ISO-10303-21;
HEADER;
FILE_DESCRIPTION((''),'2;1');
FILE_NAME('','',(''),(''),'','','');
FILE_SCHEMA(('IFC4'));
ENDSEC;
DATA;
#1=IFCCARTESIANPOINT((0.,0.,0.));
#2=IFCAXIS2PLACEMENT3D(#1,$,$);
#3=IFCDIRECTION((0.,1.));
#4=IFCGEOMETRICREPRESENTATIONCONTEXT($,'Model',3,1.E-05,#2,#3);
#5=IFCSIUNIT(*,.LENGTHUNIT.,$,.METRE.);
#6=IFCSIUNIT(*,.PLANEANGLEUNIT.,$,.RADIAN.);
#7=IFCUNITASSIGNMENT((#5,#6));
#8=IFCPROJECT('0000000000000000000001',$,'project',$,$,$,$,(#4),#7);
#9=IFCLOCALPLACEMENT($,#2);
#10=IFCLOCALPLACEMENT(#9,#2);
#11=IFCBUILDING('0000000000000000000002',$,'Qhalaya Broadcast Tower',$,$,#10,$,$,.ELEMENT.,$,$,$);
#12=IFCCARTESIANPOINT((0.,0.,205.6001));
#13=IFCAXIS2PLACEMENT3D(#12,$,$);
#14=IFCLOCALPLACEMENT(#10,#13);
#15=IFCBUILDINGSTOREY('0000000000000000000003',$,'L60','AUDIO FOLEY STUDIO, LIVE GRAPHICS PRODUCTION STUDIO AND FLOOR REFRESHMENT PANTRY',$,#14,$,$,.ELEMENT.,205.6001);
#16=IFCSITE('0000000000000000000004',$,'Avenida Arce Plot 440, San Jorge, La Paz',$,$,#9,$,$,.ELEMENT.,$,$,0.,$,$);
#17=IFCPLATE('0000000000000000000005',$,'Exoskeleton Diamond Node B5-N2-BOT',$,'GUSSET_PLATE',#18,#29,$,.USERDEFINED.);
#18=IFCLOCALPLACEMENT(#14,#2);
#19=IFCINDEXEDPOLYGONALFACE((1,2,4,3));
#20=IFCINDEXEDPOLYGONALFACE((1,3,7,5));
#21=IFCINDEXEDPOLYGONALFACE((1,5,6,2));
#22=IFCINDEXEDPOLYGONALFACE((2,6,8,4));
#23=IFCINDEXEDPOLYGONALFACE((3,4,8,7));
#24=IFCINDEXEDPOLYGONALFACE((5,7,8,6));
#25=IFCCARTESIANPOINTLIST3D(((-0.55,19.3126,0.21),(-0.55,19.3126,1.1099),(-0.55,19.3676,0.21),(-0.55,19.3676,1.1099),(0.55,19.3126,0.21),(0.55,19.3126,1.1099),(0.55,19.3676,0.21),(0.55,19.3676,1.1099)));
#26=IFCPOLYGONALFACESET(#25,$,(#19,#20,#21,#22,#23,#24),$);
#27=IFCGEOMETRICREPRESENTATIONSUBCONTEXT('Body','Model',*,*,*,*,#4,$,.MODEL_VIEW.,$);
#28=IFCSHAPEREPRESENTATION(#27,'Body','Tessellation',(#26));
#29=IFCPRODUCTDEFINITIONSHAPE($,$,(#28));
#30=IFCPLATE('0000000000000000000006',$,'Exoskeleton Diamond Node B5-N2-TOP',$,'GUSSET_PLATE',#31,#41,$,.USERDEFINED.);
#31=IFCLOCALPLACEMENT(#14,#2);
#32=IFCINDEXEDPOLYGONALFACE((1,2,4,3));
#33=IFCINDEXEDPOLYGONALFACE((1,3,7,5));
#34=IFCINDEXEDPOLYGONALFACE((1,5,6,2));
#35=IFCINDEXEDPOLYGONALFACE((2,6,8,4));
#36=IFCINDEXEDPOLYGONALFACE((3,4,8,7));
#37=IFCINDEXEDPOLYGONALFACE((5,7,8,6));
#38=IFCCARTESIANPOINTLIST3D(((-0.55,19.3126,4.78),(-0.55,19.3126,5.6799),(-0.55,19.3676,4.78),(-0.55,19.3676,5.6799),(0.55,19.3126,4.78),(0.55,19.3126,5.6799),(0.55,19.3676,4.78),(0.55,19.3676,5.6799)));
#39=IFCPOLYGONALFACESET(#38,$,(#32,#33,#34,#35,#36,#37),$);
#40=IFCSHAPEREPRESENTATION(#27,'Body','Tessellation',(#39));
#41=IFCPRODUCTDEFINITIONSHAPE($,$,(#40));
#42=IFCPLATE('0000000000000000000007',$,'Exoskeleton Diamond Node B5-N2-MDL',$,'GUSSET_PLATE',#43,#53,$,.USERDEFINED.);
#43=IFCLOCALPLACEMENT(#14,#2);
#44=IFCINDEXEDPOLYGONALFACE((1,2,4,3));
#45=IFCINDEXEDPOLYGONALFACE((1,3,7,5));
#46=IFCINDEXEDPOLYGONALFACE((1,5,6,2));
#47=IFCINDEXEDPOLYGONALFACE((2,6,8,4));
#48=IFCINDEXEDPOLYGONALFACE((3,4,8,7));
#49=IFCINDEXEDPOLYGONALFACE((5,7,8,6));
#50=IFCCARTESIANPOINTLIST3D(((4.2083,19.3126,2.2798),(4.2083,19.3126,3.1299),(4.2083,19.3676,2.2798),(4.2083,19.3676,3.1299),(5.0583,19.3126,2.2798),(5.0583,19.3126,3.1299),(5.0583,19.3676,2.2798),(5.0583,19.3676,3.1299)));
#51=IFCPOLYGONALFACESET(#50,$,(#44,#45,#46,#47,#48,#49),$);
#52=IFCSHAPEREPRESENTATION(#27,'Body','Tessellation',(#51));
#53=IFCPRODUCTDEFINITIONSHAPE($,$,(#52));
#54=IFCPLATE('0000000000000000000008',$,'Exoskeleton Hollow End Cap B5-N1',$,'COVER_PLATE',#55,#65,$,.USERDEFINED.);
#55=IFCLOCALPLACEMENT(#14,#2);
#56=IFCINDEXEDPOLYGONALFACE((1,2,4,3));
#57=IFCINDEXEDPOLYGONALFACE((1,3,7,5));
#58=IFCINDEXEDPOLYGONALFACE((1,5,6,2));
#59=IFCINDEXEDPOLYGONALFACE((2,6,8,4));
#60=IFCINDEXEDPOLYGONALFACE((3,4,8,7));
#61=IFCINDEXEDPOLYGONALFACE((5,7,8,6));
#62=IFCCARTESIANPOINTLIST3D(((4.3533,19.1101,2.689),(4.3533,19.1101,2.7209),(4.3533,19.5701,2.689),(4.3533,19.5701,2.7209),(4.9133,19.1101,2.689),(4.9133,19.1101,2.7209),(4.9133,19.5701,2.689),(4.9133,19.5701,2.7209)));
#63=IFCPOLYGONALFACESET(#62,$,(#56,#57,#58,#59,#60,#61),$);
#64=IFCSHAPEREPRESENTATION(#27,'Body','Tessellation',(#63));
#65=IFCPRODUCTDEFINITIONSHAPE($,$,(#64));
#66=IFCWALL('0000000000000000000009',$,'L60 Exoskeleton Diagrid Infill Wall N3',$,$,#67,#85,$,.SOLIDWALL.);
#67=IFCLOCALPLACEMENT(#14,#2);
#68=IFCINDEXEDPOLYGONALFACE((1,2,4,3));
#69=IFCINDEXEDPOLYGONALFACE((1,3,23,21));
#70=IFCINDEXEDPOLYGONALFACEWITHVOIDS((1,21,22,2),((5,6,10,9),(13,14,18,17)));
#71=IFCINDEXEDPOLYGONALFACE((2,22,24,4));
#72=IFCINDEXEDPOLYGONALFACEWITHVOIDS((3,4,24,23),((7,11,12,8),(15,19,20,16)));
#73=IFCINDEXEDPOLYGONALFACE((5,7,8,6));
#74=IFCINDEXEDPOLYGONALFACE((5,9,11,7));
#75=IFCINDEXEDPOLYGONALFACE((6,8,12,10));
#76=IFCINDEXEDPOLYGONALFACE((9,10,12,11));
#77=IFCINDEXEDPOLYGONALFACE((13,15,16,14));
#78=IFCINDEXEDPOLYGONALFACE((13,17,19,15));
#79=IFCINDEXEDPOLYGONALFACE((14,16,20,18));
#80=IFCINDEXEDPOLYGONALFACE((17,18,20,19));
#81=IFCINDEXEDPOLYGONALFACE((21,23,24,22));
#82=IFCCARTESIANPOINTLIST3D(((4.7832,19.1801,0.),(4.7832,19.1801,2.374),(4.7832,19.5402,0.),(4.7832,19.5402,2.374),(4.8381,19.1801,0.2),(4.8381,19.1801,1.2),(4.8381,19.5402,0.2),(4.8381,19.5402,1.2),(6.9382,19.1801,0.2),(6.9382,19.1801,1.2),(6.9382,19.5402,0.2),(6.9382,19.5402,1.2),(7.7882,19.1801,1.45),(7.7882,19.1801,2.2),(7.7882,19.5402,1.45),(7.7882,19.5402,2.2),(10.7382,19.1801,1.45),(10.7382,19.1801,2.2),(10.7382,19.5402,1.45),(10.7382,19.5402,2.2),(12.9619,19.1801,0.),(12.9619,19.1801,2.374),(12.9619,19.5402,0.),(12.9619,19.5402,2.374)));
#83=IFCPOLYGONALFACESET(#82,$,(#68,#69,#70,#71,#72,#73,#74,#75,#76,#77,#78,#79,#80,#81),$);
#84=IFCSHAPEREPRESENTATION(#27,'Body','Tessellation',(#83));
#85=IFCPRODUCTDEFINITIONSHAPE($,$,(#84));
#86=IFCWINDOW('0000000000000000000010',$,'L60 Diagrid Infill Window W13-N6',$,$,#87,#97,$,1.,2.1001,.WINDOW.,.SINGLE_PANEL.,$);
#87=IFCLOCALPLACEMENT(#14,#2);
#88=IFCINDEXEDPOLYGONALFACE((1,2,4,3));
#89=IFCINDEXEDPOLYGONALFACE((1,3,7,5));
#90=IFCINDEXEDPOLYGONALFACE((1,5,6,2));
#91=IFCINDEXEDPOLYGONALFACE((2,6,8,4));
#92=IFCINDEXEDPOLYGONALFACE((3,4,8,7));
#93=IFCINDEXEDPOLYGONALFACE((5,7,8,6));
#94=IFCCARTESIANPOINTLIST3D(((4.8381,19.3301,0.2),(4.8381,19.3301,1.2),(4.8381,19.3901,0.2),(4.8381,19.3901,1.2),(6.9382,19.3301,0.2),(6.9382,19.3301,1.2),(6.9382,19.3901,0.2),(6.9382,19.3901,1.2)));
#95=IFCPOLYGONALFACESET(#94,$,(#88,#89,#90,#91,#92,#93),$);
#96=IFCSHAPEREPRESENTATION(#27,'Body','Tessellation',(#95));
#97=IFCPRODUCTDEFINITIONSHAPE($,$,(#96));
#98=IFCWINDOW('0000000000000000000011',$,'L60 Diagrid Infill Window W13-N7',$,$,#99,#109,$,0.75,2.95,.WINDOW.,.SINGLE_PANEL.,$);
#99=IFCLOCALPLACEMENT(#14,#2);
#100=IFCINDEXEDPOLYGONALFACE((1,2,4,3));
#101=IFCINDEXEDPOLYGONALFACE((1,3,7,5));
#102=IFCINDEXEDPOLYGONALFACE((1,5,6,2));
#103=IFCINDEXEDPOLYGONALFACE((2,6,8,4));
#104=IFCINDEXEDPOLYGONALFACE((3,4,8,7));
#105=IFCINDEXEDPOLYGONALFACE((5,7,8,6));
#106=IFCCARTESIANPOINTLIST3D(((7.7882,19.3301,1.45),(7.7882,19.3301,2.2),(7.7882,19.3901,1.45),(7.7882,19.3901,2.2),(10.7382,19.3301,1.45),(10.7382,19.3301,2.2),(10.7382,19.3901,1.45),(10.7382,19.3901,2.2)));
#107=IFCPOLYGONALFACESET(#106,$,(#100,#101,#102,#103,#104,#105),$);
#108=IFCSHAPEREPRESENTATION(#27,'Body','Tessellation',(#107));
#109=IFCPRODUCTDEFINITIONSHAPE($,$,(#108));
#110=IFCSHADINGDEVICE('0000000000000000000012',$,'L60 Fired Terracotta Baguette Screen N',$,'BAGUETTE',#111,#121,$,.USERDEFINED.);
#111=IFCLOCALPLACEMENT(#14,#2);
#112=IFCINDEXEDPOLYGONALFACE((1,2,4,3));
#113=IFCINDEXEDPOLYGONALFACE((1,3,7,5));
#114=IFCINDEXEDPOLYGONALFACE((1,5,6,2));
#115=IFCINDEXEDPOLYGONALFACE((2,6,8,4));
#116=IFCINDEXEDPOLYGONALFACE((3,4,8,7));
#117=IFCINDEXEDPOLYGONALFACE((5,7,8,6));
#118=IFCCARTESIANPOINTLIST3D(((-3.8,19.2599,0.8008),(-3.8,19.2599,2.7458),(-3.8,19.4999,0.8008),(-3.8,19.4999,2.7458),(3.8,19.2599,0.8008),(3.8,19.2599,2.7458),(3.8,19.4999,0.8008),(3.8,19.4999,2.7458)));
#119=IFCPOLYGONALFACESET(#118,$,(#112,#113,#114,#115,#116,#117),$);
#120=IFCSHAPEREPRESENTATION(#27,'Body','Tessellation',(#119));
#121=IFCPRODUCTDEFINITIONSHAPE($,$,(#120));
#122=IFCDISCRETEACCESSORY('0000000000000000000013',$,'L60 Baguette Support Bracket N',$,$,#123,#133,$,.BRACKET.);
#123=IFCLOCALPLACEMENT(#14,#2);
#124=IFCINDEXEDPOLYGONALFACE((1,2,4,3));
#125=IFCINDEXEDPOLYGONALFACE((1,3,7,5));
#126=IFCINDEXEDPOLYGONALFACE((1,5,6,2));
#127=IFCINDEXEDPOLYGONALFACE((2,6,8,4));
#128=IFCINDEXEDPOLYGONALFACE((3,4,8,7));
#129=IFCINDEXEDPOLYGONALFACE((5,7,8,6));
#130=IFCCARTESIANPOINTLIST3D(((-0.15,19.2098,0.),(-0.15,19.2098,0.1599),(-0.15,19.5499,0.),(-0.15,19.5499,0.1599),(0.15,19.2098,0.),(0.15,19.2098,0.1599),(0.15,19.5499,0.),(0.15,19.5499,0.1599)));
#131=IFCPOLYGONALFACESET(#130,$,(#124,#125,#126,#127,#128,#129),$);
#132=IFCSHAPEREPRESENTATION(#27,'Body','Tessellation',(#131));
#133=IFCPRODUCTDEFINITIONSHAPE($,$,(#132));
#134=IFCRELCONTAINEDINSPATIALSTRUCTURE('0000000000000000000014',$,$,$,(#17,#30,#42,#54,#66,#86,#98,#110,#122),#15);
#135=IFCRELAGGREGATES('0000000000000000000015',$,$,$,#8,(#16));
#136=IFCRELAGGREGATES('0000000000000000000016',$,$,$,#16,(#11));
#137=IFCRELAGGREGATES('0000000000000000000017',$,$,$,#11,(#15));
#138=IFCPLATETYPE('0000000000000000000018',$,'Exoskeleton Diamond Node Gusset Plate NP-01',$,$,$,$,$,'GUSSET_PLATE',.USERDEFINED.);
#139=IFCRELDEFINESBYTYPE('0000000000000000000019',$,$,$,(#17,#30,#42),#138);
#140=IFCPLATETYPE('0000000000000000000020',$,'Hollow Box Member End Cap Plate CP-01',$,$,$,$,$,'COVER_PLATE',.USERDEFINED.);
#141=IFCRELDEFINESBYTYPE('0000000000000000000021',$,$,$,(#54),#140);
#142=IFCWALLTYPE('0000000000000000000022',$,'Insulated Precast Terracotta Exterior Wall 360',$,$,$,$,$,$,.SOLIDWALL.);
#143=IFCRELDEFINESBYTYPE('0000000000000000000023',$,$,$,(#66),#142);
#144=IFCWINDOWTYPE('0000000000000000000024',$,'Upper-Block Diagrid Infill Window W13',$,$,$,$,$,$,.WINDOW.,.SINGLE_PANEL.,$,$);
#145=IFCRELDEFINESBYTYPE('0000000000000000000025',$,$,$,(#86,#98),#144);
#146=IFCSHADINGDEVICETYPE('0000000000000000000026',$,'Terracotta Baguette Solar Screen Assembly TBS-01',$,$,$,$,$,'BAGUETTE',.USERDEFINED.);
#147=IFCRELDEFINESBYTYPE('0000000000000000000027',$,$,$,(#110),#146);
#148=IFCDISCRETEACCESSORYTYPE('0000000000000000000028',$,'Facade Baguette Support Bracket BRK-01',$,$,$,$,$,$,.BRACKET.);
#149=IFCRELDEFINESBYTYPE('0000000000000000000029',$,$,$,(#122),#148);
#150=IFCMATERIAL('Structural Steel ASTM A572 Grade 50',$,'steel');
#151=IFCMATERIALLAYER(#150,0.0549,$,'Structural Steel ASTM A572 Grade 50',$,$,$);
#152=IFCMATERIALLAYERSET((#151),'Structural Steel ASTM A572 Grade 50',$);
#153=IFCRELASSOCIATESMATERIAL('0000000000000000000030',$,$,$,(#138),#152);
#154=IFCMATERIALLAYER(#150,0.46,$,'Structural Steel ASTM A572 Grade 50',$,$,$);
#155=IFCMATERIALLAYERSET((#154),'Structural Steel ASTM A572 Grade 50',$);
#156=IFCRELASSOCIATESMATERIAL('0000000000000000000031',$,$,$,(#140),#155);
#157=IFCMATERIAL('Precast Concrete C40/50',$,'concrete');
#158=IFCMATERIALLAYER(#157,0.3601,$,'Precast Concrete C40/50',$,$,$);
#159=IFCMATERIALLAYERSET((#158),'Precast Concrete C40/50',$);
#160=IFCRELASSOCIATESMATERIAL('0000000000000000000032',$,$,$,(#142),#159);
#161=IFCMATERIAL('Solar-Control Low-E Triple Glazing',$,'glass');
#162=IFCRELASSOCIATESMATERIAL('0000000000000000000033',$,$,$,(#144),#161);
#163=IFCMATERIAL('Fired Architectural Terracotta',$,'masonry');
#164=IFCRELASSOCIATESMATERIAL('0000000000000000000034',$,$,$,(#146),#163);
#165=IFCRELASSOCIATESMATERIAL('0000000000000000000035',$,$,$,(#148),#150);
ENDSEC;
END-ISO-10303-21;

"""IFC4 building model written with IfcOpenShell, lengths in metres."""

from ifc_helpers import new_model, si_unit, direction, frame, frame_2d, origin, origin_2d, place, context, subcontext, project, spatial, rectangle, extrude, material, layer, layer_set, type_object, element, fill, save


model = new_model("IFC4")

# Units and contexts
model_context = context("Model", 3, precision=1e-05, world=origin(), true_north=direction((0.0, 1.0)))
body_context = subcontext(model_context, "Body", "Model", "MODEL_VIEW")
ifc_project = project(units=[si_unit("LENGTHUNIT", "METRE"), si_unit("PLANEANGLEUNIT", "RADIAN")], contexts=[model_context])

# Site, building, storey
site_placement = place(None, origin())
site = spatial("IfcSite", under=ifc_project, at=site_placement, Name="Avenida Arce Plot 440, San Jorge, La Paz", CompositionType="ELEMENT", RefElevation=0.0)
building_placement = place(site_placement, origin())
building = spatial("IfcBuilding", under=site, at=building_placement, Name="Qhalaya Broadcast Tower", CompositionType="ELEMENT")
storey_placement = place(building_placement, frame((0.0, 0.0, 205.6001)))
storey = spatial("IfcBuildingStorey", under=building, at=storey_placement, Name="L60", Description="AUDIO FOLEY STUDIO, LIVE GRAPHICS PRODUCTION STUDIO AND FLOOR REFRESHMENT PANTRY", CompositionType="ELEMENT", Elevation=205.6001)

# Shared definitions
ifc_material_1 = material(Name="Structural Steel ASTM A572 Grade 50", Category="steel")

# Plates
ifc_layer_1 = layer(ifc_material_1, 0.0549, Name="Structural Steel ASTM A572 Grade 50")
ifc_layer_set_1 = layer_set([ifc_layer_1], Name="Structural Steel ASTM A572 Grade 50")
plate_type_1 = type_object("IfcPlateType", Name="Exoskeleton Diamond Node Gusset Plate NP-01", ElementType="GUSSET_PLATE", PredefinedType="USERDEFINED", material=ifc_layer_set_1)
for number, where, z_axis, x_axis, name in (
    (1, (0.0, 19.3401, 0.21), (0.0, 0.0, 1.0), (1.0, 0.0, 0.0), "Exoskeleton Diamond Node B5-N2-BOT"),
    (2, (0.0, 19.3401, 4.78), (0.0, 0.0, 1.0), (1.0, 0.0, 0.0), "Exoskeleton Diamond Node B5-N2-TOP"),
):
    element("IfcPlate", number, at=place(storey_placement, frame(where, z_axis=z_axis, x_axis=x_axis)), inside=storey, type_object=plate_type_1, Name=name, ObjectType="GUSSET_PLATE", PredefinedType="USERDEFINED", context=body_context, shape_type="SweptSolid", body=[
        extrude(rectangle(XDim=1.1001, YDim=0.0549, at=origin_2d()), origin(), (0.0, 0.0, 1.0), 0.8999),
    ])
plate_1_placement = place(storey_placement, frame((4.6333, 19.3401, 2.2798), z_axis=(0.0, 0.0, 1.0), x_axis=(1.0, 0.0, 0.0)))
element("IfcPlate", 3, at=plate_1_placement, inside=storey, type_object=plate_type_1, Name="Exoskeleton Diamond Node B5-N2-MDL", ObjectType="GUSSET_PLATE", PredefinedType="USERDEFINED", context=body_context, shape_type="SweptSolid", body=[
    extrude(rectangle(XDim=0.8501, YDim=0.0549, at=origin_2d()), origin(), (0.0, 0.0, 1.0), 0.8501),
])
ifc_layer_2 = layer(ifc_material_1, 0.46, Name="Structural Steel ASTM A572 Grade 50")
ifc_layer_set_2 = layer_set([ifc_layer_2], Name="Structural Steel ASTM A572 Grade 50")
plate_type_2 = type_object("IfcPlateType", Name="Hollow Box Member End Cap Plate CP-01", ElementType="COVER_PLATE", PredefinedType="USERDEFINED", material=ifc_layer_set_2)
plate_2_placement = place(storey_placement, frame((4.6333, 19.3401, 2.689), z_axis=(0.0, 0.0, 1.0), x_axis=(1.0, 0.0, 0.0)))
element("IfcPlate", 4, at=plate_2_placement, inside=storey, type_object=plate_type_2, Name="Exoskeleton Hollow End Cap B5-N1", ObjectType="COVER_PLATE", PredefinedType="USERDEFINED", context=body_context, shape_type="SweptSolid", body=[
    extrude(rectangle(XDim=0.5601, YDim=0.46, at=origin_2d()), origin(), (0.0, 0.0, 1.0), 0.032),
])

# Wall, openings, windows
ifc_material_2 = material(Name="Precast Concrete C40/50", Category="concrete")
ifc_layer_3 = layer(ifc_material_2, 0.3601, Name="Precast Concrete C40/50")
ifc_layer_set_3 = layer_set([ifc_layer_3], Name="Precast Concrete C40/50")
wall_type = type_object("IfcWallType", Name="Insulated Precast Terracotta Exterior Wall 360", PredefinedType="SOLIDWALL", material=ifc_layer_set_3)
wall_placement = place(storey_placement, frame((4.7832, 19.3601, 0.0), z_axis=(0.0, 0.0, 1.0), x_axis=(1.0, 0.0, 0.0)))
wall = element("IfcWall", 5, at=wall_placement, inside=storey, type_object=wall_type, Name="L60 Exoskeleton Diagrid Infill Wall N3", PredefinedType="SOLIDWALL", context=body_context, shape_type="SweptSolid", body=[
    extrude(rectangle(XDim=8.1787, YDim=0.3601, at=frame_2d((4.0894, 0.0))), origin(), (0.0, 0.0, 1.0), 2.374),
])
opening_1_placement = place(wall_placement, frame((0.0549, 0.0, 0.2)))
opening_1 = element("IfcOpeningElement", 6, at=opening_1_placement, cuts=wall, PredefinedType="OPENING", context=body_context, shape_type="SweptSolid", body=[
    extrude(rectangle(XDim=2.1001, YDim=1.0, at=frame_2d((1.05, 0.5))), frame((0.0, 0.1921, 0.0), z_axis=(0.0, -1.0, 0.0), x_axis=(1.0, 0.0, 0.0)), (0.0, 0.0, 1.0), 0.384),
])
opening_2_placement = place(wall_placement, frame((3.0049, 0.0, 1.45)))
opening_2 = element("IfcOpeningElement", 7, at=opening_2_placement, cuts=wall, PredefinedType="OPENING", context=body_context, shape_type="SweptSolid", body=[
    extrude(rectangle(XDim=2.95, YDim=0.75, at=frame_2d((1.4751, 0.375))), frame((0.0, 0.1921, 0.0), z_axis=(0.0, -1.0, 0.0), x_axis=(1.0, 0.0, 0.0)), (0.0, 0.0, 1.0), 0.384),
])
ifc_material_3 = material(Name="Solar-Control Low-E Triple Glazing", Category="glass")
window_type = type_object("IfcWindowType", Name="Upper-Block Diagrid Infill Window W13", PartitioningType="SINGLE_PANEL", PredefinedType="WINDOW", material=ifc_material_3)
window_1_placement = place(opening_1_placement, origin())
window_1 = element("IfcWindow", 8, at=window_1_placement, inside=storey, type_object=window_type, Name="L60 Diagrid Infill Window W13-N6", OverallHeight=1.0, OverallWidth=2.1001, PartitioningType="SINGLE_PANEL", PredefinedType="WINDOW", context=body_context, shape_type="SweptSolid", body=[
    extrude(rectangle(XDim=2.1001, YDim=1.0, at=frame_2d((1.05, 0.5))), frame((0.0, 0.03, 0.0), z_axis=(0.0, -1.0, 0.0), x_axis=(1.0, 0.0, 0.0)), (0.0, 0.0, 1.0), 0.0601),
])
fill(opening_1, window_1)
window_2_placement = place(opening_2_placement, origin())
window_2 = element("IfcWindow", 9, at=window_2_placement, inside=storey, type_object=window_type, Name="L60 Diagrid Infill Window W13-N7", OverallHeight=0.75, OverallWidth=2.95, PartitioningType="SINGLE_PANEL", PredefinedType="WINDOW", context=body_context, shape_type="SweptSolid", body=[
    extrude(rectangle(XDim=2.95, YDim=0.75, at=frame_2d((1.4751, 0.375))), frame((0.0, 0.03, 0.0), z_axis=(0.0, -1.0, 0.0), x_axis=(1.0, 0.0, 0.0)), (0.0, 0.0, 1.0), 0.0601),
])
fill(opening_2, window_2)

# Shading device
ifc_material_4 = material(Name="Fired Architectural Terracotta", Category="masonry")
shading_device_type = type_object("IfcShadingDeviceType", Name="Terracotta Baguette Solar Screen Assembly TBS-01", ElementType="BAGUETTE", PredefinedType="USERDEFINED", material=ifc_material_4)
shading_device_placement = place(storey_placement, frame((0.0, 19.3799, 0.8008), z_axis=(0.0, 0.0, 1.0), x_axis=(-1.0, 0.0, 0.0)))
element("IfcShadingDevice", 10, at=shading_device_placement, inside=storey, type_object=shading_device_type, Name="L60 Fired Terracotta Baguette Screen N", ObjectType="BAGUETTE", PredefinedType="USERDEFINED", context=body_context, shape_type="SweptSolid", body=[
    extrude(rectangle(XDim=7.6001, YDim=0.24, at=origin_2d()), origin(), (0.0, 0.0, 1.0), 1.9451),
])

# Discrete accessory
discrete_accessory_type = type_object("IfcDiscreteAccessoryType", Name="Facade Baguette Support Bracket BRK-01", PredefinedType="BRACKET", material=ifc_material_1)
discrete_accessory_placement = place(storey_placement, frame((0.0, 19.3799, 0.0), z_axis=(0.0, 0.0, 1.0), x_axis=(-1.0, 0.0, 0.0)))
element("IfcDiscreteAccessory", 11, at=discrete_accessory_placement, inside=storey, type_object=discrete_accessory_type, Name="L60 Baguette Support Bracket N", PredefinedType="BRACKET", context=body_context, shape_type="SweptSolid", body=[
    extrude(rectangle(XDim=0.3, YDim=0.3401, at=origin_2d()), origin(), (0.0, 0.0, 1.0), 0.1599),
])

save(model, "model.ifc")
